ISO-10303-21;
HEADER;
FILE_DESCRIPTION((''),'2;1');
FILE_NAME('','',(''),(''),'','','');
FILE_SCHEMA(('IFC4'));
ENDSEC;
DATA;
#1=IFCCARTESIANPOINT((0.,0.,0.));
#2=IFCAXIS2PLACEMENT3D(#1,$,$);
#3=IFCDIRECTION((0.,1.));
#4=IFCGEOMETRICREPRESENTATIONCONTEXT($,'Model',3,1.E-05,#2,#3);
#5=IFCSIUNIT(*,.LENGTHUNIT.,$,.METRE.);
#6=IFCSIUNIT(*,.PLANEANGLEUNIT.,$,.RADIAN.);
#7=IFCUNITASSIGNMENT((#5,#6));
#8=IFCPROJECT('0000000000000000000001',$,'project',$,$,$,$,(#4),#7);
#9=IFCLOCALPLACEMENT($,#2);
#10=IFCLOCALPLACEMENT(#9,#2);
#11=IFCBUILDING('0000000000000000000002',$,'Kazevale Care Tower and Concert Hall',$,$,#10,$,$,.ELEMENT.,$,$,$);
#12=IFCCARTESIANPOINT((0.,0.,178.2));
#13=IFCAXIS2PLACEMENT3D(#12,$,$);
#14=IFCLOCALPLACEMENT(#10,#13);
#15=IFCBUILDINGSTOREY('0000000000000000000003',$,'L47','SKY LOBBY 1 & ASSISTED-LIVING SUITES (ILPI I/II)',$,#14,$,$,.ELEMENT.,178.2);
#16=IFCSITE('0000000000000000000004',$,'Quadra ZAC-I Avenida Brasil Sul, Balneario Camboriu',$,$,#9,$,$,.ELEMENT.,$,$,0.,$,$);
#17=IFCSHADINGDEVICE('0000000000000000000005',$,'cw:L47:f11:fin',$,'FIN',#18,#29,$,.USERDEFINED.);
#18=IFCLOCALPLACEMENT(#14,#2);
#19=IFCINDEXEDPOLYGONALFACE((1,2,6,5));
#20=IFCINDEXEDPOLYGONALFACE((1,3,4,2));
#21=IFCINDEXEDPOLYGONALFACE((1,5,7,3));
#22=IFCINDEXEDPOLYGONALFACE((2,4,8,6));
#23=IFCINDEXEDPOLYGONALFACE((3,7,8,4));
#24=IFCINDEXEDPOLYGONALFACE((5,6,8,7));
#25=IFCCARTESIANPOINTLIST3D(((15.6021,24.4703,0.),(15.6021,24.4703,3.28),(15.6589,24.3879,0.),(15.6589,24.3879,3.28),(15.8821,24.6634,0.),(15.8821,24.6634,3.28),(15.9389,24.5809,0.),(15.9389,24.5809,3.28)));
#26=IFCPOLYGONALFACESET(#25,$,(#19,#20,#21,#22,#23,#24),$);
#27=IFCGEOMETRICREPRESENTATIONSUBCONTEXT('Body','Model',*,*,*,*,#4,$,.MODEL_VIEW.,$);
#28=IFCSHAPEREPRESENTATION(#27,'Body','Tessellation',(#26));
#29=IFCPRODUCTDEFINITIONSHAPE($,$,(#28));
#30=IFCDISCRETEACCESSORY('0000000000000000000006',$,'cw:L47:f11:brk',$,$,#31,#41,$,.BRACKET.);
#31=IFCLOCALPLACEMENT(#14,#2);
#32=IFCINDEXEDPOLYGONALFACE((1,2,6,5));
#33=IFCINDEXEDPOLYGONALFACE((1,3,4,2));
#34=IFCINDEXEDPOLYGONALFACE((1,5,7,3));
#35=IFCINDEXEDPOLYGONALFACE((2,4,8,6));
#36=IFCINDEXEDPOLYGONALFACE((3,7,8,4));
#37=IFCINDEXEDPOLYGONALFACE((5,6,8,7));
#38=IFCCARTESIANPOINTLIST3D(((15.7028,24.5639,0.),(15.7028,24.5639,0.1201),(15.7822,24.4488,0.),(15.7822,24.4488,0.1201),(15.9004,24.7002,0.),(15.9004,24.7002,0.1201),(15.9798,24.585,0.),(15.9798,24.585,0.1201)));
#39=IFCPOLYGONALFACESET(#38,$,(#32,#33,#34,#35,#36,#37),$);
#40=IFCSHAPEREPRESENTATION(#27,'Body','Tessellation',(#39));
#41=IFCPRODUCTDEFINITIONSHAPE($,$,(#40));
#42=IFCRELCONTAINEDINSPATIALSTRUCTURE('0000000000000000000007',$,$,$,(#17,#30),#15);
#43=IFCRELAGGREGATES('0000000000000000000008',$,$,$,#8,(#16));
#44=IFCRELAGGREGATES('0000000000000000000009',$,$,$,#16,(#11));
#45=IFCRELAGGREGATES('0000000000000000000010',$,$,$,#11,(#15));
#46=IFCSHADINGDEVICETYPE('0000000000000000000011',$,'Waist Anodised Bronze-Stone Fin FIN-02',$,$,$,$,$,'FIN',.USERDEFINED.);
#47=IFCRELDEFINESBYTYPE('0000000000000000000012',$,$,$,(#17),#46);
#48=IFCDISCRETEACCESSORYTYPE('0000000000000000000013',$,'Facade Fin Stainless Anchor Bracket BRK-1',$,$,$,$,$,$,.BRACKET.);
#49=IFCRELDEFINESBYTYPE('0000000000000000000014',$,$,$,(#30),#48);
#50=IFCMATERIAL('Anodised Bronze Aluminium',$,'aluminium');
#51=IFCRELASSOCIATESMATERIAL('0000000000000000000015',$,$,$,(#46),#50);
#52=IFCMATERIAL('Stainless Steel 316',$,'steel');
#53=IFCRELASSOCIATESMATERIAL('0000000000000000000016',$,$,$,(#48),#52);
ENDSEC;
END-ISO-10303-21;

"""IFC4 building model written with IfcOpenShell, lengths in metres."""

from ifc_helpers import new_model, si_unit, direction, frame, origin, origin_2d, place, context, subcontext, project, spatial, rectangle, extrude, material, type_object, element, save


model = new_model("IFC4")

# Units and contexts
model_context = context("Model", 3, precision=1e-05, world=origin(), true_north=direction((0.0, 1.0)))
body_context = subcontext(model_context, "Body", "Model", "MODEL_VIEW")
ifc_project = project(units=[si_unit("LENGTHUNIT", "METRE"), si_unit("PLANEANGLEUNIT", "RADIAN")], contexts=[model_context])

# Site, building, storey
site_placement = place(None, origin())
site = spatial("IfcSite", under=ifc_project, at=site_placement, Name="Quadra ZAC-I Avenida Brasil Sul, Balneario Camboriu", CompositionType="ELEMENT", RefElevation=0.0)
building_placement = place(site_placement, origin())
building = spatial("IfcBuilding", under=site, at=building_placement, Name="Kazevale Care Tower and Concert Hall", CompositionType="ELEMENT")
storey_placement = place(building_placement, frame((0.0, 0.0, 178.2)))
storey = spatial("IfcBuildingStorey", under=building, at=storey_placement, Name="L47", Description="SKY LOBBY 1 & ASSISTED-LIVING SUITES (ILPI I/II)", CompositionType="ELEMENT", Elevation=178.2)

# Shared definitions
ifc_material_1 = material(Name="Stainless Steel 316", Category="steel")

# Shading device
ifc_material_2 = material(Name="Anodised Bronze Aluminium", Category="aluminium")
shading_device_type = type_object("IfcShadingDeviceType", Name="Waist Anodised Bronze-Stone Fin FIN-02", ElementType="FIN", PredefinedType="USERDEFINED", material=ifc_material_2)
shading_device_placement = place(storey_placement, frame((15.7705, 24.5256, 0.0), z_axis=(0.0, 0.0, 1.0), x_axis=(-0.823335, -0.567556, 0.0)))
element("IfcShadingDevice", 1, at=shading_device_placement, inside=storey, type_object=shading_device_type, Name="cw:L47:f11:fin", ObjectType="FIN", PredefinedType="USERDEFINED", context=body_context, shape_type="SweptSolid", body=[
    extrude(rectangle(XDim=0.3401, YDim=0.1001, at=origin_2d()), origin(), (0.0, 0.0, 1.0), 3.28),
])

# Discrete accessory
discrete_accessory_type = type_object("IfcDiscreteAccessoryType", Name="Facade Fin Stainless Anchor Bracket BRK-1", PredefinedType="BRACKET", material=ifc_material_1)
discrete_accessory_placement = place(storey_placement, frame((15.8413, 24.5745, 0.0), z_axis=(0.0, 0.0, 1.0), x_axis=(-0.823335, -0.567556, 0.0)))
element("IfcDiscreteAccessory", 2, at=discrete_accessory_placement, inside=storey, type_object=discrete_accessory_type, Name="cw:L47:f11:brk", PredefinedType="BRACKET", context=body_context, shape_type="SweptSolid", body=[
    extrude(rectangle(XDim=0.24, YDim=0.1399, at=origin_2d()), origin(), (0.0, 0.0, 1.0), 0.1201),
])

save(model, "model.ifc")
